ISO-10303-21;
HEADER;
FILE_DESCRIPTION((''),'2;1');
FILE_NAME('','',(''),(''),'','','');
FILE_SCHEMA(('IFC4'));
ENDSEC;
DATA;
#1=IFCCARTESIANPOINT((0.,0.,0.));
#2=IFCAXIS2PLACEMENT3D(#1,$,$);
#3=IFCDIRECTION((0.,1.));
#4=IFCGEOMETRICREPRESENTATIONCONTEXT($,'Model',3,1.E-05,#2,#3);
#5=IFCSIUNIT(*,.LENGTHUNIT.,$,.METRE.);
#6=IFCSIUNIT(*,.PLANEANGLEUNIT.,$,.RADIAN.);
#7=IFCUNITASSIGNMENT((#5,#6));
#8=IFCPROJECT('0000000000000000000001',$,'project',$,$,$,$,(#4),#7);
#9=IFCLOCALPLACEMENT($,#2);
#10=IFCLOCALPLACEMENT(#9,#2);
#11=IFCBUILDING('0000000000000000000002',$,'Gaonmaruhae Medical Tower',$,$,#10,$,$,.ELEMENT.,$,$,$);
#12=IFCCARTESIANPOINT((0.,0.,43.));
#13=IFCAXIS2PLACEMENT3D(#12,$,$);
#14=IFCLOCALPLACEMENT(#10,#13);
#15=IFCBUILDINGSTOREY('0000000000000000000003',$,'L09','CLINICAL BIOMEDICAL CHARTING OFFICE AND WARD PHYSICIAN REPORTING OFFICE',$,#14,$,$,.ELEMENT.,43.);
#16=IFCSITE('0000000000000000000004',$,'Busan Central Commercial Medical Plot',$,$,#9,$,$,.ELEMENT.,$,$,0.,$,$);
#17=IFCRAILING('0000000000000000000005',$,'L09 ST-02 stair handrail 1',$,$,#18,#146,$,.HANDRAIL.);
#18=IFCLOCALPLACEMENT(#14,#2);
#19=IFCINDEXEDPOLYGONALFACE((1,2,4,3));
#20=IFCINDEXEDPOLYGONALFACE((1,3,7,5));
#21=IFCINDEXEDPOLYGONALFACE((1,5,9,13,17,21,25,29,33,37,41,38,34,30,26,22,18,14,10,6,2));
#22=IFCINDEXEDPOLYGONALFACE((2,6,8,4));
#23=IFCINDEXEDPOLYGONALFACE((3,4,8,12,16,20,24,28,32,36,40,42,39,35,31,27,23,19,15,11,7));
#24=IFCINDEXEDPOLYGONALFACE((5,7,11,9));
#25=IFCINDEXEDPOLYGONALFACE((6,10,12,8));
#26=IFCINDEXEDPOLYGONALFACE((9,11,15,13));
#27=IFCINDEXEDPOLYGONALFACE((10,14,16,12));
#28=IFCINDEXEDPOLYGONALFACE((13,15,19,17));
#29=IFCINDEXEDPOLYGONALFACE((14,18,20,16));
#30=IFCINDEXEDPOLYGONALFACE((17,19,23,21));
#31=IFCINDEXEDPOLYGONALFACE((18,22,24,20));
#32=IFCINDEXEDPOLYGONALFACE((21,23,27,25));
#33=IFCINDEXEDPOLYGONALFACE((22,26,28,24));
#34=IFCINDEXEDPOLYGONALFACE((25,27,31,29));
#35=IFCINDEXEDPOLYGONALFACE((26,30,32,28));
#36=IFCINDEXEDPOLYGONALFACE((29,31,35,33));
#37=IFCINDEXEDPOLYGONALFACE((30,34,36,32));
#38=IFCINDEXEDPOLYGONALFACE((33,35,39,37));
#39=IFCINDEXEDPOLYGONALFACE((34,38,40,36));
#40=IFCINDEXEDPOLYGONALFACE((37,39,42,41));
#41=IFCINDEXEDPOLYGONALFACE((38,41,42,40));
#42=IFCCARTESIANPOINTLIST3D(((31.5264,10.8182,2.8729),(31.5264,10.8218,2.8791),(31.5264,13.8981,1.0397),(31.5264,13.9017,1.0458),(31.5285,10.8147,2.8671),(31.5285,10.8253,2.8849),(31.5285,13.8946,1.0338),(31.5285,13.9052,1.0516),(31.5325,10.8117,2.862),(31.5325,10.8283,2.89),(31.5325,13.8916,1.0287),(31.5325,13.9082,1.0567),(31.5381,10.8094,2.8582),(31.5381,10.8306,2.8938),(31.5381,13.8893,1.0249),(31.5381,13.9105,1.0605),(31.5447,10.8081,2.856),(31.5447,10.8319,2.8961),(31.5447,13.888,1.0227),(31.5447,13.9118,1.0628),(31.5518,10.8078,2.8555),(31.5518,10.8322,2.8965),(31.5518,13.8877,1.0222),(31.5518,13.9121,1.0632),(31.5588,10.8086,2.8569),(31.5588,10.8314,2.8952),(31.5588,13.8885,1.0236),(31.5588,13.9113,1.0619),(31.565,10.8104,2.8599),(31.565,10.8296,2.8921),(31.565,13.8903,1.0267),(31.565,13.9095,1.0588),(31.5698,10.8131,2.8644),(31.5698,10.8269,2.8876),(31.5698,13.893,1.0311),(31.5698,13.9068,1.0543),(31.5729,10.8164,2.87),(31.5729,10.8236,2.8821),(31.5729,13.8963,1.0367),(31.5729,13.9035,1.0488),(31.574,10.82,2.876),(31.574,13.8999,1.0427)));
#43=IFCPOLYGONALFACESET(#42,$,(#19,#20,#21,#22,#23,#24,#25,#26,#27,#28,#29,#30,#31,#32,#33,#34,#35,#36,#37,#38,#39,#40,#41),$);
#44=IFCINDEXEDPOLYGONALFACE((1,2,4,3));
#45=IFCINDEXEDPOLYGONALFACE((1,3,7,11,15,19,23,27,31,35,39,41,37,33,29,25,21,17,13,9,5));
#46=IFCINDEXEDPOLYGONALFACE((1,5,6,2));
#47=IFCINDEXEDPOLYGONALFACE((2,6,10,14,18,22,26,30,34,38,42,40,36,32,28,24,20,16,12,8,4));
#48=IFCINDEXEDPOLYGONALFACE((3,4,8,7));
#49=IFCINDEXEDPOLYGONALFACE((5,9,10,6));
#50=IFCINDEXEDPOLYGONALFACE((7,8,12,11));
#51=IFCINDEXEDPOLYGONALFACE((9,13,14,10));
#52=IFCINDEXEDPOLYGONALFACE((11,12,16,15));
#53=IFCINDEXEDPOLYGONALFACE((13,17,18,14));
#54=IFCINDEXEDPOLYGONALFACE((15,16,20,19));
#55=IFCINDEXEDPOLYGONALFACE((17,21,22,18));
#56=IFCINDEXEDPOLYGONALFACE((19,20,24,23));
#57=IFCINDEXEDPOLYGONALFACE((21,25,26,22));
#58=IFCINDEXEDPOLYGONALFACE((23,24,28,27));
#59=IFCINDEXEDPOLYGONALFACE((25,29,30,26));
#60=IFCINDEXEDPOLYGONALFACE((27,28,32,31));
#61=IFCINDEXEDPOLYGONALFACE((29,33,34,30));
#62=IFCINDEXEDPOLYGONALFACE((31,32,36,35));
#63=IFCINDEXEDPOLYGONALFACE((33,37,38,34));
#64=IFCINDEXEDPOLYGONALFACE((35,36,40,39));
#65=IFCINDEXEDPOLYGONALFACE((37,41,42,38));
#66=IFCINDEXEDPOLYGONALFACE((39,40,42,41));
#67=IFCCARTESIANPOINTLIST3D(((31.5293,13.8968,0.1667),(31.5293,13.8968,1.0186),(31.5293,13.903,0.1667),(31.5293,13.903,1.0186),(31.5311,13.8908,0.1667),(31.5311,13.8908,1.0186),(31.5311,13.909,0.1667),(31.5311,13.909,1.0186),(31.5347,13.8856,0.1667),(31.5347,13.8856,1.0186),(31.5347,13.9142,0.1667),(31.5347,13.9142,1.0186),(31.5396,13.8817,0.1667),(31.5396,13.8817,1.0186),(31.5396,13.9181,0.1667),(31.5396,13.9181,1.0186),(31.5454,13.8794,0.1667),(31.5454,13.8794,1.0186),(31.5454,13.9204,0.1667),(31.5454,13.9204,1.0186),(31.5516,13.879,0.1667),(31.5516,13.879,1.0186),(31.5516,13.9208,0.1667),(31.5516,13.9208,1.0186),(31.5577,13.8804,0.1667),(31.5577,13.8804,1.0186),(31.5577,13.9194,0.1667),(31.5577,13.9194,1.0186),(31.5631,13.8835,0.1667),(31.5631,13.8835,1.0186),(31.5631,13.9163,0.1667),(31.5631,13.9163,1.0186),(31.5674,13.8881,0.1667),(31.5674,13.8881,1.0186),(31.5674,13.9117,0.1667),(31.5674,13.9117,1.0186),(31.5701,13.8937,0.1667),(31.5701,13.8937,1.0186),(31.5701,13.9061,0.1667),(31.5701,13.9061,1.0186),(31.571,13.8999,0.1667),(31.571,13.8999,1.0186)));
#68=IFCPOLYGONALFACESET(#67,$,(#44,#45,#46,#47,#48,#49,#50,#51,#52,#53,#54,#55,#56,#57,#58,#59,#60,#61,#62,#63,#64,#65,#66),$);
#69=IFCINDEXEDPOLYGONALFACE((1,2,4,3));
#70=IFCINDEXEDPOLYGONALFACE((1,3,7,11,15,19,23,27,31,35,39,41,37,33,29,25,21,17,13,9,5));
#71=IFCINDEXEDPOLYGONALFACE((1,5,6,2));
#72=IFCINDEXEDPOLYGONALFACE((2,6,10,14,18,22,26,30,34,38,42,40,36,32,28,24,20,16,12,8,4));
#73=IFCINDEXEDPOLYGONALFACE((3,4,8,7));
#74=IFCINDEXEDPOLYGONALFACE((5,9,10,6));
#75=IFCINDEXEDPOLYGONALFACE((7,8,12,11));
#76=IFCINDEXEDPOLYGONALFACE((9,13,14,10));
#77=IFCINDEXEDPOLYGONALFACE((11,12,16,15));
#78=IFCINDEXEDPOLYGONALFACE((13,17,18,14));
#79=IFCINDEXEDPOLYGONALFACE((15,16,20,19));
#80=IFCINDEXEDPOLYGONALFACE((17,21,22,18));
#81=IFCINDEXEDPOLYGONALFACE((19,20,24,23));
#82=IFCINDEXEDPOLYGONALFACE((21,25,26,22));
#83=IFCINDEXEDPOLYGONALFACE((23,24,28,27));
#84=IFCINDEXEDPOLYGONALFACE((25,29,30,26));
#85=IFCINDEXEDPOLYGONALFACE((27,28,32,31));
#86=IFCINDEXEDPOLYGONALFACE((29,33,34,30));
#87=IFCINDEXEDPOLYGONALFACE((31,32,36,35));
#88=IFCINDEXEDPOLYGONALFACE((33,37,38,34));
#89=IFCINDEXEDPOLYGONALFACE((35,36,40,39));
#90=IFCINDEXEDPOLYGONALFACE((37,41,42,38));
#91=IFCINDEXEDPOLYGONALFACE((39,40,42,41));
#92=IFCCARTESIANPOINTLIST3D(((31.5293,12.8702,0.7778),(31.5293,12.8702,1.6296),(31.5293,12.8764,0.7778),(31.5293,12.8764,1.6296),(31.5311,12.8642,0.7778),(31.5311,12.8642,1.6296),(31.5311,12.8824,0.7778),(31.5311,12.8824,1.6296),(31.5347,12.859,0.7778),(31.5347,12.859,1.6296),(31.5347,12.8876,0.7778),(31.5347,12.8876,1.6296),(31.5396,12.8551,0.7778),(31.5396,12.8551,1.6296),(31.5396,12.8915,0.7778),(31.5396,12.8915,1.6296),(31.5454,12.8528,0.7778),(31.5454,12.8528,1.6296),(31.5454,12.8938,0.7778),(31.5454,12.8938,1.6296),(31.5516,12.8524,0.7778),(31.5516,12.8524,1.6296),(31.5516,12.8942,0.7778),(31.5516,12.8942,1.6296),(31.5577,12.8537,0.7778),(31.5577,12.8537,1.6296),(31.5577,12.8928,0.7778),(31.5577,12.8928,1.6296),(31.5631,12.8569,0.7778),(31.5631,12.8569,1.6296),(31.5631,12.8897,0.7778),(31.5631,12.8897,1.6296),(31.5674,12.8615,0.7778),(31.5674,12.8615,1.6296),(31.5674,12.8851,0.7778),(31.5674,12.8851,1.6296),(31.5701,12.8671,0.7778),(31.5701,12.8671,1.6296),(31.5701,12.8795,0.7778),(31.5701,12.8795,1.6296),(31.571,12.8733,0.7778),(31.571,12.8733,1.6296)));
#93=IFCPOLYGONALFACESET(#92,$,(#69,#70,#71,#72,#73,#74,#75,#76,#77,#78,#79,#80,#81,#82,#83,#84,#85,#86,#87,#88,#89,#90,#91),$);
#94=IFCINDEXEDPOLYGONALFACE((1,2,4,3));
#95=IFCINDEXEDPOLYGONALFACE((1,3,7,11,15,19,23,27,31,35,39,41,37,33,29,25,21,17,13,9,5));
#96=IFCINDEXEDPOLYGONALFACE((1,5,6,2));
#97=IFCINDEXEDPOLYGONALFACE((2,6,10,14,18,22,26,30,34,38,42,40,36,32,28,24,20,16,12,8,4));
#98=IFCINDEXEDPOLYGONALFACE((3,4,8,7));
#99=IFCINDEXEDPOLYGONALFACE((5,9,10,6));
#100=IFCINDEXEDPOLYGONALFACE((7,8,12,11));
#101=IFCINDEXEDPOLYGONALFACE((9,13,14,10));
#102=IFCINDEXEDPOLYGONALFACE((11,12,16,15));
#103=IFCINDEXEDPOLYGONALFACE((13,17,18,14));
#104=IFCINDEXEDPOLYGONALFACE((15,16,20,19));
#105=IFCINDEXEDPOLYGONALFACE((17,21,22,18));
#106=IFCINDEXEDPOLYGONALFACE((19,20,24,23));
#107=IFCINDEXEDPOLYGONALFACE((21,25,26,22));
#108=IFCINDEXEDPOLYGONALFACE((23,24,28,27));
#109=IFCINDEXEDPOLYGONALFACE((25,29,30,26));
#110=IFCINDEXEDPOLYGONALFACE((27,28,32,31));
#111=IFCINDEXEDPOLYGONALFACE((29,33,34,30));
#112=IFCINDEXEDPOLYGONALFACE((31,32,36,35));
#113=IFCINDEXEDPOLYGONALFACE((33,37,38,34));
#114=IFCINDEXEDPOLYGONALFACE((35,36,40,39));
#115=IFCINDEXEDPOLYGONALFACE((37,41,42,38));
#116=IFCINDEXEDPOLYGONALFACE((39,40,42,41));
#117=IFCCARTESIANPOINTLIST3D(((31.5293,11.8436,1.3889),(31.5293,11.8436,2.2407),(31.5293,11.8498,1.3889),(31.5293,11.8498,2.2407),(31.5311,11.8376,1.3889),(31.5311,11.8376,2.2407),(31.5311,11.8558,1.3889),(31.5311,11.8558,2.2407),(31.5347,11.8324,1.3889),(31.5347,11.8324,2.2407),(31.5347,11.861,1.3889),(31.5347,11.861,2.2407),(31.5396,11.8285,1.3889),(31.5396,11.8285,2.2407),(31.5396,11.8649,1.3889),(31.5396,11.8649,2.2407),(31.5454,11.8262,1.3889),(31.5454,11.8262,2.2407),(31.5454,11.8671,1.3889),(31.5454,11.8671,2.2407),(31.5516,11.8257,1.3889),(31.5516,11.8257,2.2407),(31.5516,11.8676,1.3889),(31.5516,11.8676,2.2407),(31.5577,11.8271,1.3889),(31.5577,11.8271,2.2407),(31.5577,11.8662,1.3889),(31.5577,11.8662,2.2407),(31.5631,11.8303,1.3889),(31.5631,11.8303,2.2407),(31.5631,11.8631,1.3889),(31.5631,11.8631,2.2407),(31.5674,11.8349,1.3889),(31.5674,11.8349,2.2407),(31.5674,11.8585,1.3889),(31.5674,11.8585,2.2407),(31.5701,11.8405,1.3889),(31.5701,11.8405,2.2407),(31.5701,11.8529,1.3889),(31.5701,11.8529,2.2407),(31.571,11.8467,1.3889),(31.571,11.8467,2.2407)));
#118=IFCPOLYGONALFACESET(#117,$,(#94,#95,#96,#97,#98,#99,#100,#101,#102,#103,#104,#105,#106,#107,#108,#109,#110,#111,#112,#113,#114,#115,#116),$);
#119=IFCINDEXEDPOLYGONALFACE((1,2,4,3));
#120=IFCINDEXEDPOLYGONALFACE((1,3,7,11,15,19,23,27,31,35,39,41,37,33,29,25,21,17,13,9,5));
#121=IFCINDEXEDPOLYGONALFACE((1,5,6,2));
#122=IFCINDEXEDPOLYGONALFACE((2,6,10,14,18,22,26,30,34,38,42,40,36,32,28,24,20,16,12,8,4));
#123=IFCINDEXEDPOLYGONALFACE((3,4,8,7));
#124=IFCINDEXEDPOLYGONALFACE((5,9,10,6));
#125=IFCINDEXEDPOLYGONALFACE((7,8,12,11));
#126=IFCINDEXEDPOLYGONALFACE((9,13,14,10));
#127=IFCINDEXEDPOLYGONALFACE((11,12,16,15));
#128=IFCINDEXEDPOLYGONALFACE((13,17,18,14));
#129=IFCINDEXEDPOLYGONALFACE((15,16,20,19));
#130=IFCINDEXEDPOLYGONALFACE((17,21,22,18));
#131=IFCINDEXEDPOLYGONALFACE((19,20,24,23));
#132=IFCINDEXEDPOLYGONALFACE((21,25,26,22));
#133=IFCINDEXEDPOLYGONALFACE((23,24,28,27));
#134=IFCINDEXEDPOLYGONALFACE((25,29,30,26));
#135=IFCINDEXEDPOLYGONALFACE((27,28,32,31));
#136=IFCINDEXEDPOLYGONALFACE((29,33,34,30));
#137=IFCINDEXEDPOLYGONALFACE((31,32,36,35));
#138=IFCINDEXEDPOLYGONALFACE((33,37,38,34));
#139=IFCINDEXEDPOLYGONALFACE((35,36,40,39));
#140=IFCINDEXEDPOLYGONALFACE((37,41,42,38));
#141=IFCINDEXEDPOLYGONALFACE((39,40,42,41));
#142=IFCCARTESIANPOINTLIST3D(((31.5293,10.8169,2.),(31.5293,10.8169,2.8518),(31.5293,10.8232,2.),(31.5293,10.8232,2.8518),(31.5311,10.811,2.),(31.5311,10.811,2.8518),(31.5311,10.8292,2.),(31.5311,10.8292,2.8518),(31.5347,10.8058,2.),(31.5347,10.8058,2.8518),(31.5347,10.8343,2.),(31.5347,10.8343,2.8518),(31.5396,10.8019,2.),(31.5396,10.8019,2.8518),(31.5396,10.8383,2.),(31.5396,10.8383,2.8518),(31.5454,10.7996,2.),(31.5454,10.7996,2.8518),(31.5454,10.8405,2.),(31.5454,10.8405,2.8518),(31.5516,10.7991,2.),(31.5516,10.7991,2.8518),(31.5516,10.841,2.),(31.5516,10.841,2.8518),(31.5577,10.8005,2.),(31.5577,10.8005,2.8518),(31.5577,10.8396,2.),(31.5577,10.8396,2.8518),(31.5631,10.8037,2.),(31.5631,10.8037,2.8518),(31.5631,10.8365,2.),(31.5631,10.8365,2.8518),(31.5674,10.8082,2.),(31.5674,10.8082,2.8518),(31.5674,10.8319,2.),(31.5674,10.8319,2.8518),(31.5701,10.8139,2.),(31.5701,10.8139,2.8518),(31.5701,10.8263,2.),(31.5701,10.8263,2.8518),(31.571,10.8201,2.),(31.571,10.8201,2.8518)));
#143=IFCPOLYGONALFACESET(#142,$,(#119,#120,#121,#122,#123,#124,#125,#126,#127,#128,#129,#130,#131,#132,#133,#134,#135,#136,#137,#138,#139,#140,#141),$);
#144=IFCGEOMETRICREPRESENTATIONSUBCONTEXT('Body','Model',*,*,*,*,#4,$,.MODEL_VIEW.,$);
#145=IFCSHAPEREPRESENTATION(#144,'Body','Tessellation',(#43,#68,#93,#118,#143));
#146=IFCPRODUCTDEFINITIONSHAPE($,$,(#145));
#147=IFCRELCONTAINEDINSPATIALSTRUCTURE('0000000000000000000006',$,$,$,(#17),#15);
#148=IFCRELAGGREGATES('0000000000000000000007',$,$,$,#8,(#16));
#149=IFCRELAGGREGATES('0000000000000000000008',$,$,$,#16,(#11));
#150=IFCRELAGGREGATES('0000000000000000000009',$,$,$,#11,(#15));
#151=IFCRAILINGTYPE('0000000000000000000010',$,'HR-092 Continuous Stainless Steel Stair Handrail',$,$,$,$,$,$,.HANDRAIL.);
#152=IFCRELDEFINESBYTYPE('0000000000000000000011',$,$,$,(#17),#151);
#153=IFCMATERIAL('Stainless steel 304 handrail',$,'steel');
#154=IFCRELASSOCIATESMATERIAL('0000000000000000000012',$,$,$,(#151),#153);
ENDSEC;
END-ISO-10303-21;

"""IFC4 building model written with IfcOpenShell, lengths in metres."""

from ifc_helpers import new_model, si_unit, direction, frame, origin, origin_2d, place, context, subcontext, project, spatial, circle, extrude, material, type_object, element, save


model = new_model("IFC4")

# Units and contexts
model_context = context("Model", 3, precision=1e-05, world=origin(), true_north=direction((0.0, 1.0)))
body_context = subcontext(model_context, "Body", "Model", "MODEL_VIEW")
ifc_project = project(units=[si_unit("LENGTHUNIT", "METRE"), si_unit("PLANEANGLEUNIT", "RADIAN")], contexts=[model_context])

# Site, building, storey
site_placement = place(None, origin())
site = spatial("IfcSite", under=ifc_project, at=site_placement, Name="Busan Central Commercial Medical Plot", CompositionType="ELEMENT", RefElevation=0.0)
building_placement = place(site_placement, origin())
building = spatial("IfcBuilding", under=site, at=building_placement, Name="Gaonmaruhae Medical Tower", CompositionType="ELEMENT")
storey_placement = place(building_placement, frame((0.0, 0.0, 43.0)))
storey = spatial("IfcBuildingStorey", under=building, at=storey_placement, Name="L09", Description="CLINICAL BIOMEDICAL CHARTING OFFICE AND WARD PHYSICIAN REPORTING OFFICE", CompositionType="ELEMENT", Elevation=43.0)

# Railing
ifc_material_1 = material(Name="Stainless steel 304 handrail", Category="steel")
railing_type_1 = type_object("IfcRailingType", Name="HR-092 Continuous Stainless Steel Stair Handrail", PredefinedType="HANDRAIL", material=ifc_material_1)
railing_1_placement = place(storey_placement, frame((31.55, 13.8999, 0.1667)))
element("IfcRailing", 1, at=railing_1_placement, inside=storey, type_object=railing_type_1, Name="L09 ST-02 stair handrail 1", PredefinedType="HANDRAIL", context=body_context, shape_type="SweptSolid", body=[
    extrude(circle(Radius=0.0239, at=origin_2d()), frame((0.0, 0.0, 0.876), z_axis=(0.0, -0.859291, 0.511487), x_axis=(1.0, 0.0, 0.0)), (0.0, 0.0, 1.0), 3.5842),
    extrude(circle(Radius=0.021, at=origin_2d()), origin(), (0.0, 0.0, 1.0), 0.8518),
    extrude(circle(Radius=0.021, at=origin_2d()), frame((0.0, -1.0266, 0.6111)), (0.0, 0.0, 1.0), 0.8518),
    extrude(circle(Radius=0.021, at=origin_2d()), frame((0.0, -2.0532, 1.2222)), (0.0, 0.0, 1.0), 0.8518),
    extrude(circle(Radius=0.021, at=origin_2d()), frame((0.0, -3.0798, 1.8333)), (0.0, 0.0, 1.0), 0.8518),
])

save(model, "model.ifc")
